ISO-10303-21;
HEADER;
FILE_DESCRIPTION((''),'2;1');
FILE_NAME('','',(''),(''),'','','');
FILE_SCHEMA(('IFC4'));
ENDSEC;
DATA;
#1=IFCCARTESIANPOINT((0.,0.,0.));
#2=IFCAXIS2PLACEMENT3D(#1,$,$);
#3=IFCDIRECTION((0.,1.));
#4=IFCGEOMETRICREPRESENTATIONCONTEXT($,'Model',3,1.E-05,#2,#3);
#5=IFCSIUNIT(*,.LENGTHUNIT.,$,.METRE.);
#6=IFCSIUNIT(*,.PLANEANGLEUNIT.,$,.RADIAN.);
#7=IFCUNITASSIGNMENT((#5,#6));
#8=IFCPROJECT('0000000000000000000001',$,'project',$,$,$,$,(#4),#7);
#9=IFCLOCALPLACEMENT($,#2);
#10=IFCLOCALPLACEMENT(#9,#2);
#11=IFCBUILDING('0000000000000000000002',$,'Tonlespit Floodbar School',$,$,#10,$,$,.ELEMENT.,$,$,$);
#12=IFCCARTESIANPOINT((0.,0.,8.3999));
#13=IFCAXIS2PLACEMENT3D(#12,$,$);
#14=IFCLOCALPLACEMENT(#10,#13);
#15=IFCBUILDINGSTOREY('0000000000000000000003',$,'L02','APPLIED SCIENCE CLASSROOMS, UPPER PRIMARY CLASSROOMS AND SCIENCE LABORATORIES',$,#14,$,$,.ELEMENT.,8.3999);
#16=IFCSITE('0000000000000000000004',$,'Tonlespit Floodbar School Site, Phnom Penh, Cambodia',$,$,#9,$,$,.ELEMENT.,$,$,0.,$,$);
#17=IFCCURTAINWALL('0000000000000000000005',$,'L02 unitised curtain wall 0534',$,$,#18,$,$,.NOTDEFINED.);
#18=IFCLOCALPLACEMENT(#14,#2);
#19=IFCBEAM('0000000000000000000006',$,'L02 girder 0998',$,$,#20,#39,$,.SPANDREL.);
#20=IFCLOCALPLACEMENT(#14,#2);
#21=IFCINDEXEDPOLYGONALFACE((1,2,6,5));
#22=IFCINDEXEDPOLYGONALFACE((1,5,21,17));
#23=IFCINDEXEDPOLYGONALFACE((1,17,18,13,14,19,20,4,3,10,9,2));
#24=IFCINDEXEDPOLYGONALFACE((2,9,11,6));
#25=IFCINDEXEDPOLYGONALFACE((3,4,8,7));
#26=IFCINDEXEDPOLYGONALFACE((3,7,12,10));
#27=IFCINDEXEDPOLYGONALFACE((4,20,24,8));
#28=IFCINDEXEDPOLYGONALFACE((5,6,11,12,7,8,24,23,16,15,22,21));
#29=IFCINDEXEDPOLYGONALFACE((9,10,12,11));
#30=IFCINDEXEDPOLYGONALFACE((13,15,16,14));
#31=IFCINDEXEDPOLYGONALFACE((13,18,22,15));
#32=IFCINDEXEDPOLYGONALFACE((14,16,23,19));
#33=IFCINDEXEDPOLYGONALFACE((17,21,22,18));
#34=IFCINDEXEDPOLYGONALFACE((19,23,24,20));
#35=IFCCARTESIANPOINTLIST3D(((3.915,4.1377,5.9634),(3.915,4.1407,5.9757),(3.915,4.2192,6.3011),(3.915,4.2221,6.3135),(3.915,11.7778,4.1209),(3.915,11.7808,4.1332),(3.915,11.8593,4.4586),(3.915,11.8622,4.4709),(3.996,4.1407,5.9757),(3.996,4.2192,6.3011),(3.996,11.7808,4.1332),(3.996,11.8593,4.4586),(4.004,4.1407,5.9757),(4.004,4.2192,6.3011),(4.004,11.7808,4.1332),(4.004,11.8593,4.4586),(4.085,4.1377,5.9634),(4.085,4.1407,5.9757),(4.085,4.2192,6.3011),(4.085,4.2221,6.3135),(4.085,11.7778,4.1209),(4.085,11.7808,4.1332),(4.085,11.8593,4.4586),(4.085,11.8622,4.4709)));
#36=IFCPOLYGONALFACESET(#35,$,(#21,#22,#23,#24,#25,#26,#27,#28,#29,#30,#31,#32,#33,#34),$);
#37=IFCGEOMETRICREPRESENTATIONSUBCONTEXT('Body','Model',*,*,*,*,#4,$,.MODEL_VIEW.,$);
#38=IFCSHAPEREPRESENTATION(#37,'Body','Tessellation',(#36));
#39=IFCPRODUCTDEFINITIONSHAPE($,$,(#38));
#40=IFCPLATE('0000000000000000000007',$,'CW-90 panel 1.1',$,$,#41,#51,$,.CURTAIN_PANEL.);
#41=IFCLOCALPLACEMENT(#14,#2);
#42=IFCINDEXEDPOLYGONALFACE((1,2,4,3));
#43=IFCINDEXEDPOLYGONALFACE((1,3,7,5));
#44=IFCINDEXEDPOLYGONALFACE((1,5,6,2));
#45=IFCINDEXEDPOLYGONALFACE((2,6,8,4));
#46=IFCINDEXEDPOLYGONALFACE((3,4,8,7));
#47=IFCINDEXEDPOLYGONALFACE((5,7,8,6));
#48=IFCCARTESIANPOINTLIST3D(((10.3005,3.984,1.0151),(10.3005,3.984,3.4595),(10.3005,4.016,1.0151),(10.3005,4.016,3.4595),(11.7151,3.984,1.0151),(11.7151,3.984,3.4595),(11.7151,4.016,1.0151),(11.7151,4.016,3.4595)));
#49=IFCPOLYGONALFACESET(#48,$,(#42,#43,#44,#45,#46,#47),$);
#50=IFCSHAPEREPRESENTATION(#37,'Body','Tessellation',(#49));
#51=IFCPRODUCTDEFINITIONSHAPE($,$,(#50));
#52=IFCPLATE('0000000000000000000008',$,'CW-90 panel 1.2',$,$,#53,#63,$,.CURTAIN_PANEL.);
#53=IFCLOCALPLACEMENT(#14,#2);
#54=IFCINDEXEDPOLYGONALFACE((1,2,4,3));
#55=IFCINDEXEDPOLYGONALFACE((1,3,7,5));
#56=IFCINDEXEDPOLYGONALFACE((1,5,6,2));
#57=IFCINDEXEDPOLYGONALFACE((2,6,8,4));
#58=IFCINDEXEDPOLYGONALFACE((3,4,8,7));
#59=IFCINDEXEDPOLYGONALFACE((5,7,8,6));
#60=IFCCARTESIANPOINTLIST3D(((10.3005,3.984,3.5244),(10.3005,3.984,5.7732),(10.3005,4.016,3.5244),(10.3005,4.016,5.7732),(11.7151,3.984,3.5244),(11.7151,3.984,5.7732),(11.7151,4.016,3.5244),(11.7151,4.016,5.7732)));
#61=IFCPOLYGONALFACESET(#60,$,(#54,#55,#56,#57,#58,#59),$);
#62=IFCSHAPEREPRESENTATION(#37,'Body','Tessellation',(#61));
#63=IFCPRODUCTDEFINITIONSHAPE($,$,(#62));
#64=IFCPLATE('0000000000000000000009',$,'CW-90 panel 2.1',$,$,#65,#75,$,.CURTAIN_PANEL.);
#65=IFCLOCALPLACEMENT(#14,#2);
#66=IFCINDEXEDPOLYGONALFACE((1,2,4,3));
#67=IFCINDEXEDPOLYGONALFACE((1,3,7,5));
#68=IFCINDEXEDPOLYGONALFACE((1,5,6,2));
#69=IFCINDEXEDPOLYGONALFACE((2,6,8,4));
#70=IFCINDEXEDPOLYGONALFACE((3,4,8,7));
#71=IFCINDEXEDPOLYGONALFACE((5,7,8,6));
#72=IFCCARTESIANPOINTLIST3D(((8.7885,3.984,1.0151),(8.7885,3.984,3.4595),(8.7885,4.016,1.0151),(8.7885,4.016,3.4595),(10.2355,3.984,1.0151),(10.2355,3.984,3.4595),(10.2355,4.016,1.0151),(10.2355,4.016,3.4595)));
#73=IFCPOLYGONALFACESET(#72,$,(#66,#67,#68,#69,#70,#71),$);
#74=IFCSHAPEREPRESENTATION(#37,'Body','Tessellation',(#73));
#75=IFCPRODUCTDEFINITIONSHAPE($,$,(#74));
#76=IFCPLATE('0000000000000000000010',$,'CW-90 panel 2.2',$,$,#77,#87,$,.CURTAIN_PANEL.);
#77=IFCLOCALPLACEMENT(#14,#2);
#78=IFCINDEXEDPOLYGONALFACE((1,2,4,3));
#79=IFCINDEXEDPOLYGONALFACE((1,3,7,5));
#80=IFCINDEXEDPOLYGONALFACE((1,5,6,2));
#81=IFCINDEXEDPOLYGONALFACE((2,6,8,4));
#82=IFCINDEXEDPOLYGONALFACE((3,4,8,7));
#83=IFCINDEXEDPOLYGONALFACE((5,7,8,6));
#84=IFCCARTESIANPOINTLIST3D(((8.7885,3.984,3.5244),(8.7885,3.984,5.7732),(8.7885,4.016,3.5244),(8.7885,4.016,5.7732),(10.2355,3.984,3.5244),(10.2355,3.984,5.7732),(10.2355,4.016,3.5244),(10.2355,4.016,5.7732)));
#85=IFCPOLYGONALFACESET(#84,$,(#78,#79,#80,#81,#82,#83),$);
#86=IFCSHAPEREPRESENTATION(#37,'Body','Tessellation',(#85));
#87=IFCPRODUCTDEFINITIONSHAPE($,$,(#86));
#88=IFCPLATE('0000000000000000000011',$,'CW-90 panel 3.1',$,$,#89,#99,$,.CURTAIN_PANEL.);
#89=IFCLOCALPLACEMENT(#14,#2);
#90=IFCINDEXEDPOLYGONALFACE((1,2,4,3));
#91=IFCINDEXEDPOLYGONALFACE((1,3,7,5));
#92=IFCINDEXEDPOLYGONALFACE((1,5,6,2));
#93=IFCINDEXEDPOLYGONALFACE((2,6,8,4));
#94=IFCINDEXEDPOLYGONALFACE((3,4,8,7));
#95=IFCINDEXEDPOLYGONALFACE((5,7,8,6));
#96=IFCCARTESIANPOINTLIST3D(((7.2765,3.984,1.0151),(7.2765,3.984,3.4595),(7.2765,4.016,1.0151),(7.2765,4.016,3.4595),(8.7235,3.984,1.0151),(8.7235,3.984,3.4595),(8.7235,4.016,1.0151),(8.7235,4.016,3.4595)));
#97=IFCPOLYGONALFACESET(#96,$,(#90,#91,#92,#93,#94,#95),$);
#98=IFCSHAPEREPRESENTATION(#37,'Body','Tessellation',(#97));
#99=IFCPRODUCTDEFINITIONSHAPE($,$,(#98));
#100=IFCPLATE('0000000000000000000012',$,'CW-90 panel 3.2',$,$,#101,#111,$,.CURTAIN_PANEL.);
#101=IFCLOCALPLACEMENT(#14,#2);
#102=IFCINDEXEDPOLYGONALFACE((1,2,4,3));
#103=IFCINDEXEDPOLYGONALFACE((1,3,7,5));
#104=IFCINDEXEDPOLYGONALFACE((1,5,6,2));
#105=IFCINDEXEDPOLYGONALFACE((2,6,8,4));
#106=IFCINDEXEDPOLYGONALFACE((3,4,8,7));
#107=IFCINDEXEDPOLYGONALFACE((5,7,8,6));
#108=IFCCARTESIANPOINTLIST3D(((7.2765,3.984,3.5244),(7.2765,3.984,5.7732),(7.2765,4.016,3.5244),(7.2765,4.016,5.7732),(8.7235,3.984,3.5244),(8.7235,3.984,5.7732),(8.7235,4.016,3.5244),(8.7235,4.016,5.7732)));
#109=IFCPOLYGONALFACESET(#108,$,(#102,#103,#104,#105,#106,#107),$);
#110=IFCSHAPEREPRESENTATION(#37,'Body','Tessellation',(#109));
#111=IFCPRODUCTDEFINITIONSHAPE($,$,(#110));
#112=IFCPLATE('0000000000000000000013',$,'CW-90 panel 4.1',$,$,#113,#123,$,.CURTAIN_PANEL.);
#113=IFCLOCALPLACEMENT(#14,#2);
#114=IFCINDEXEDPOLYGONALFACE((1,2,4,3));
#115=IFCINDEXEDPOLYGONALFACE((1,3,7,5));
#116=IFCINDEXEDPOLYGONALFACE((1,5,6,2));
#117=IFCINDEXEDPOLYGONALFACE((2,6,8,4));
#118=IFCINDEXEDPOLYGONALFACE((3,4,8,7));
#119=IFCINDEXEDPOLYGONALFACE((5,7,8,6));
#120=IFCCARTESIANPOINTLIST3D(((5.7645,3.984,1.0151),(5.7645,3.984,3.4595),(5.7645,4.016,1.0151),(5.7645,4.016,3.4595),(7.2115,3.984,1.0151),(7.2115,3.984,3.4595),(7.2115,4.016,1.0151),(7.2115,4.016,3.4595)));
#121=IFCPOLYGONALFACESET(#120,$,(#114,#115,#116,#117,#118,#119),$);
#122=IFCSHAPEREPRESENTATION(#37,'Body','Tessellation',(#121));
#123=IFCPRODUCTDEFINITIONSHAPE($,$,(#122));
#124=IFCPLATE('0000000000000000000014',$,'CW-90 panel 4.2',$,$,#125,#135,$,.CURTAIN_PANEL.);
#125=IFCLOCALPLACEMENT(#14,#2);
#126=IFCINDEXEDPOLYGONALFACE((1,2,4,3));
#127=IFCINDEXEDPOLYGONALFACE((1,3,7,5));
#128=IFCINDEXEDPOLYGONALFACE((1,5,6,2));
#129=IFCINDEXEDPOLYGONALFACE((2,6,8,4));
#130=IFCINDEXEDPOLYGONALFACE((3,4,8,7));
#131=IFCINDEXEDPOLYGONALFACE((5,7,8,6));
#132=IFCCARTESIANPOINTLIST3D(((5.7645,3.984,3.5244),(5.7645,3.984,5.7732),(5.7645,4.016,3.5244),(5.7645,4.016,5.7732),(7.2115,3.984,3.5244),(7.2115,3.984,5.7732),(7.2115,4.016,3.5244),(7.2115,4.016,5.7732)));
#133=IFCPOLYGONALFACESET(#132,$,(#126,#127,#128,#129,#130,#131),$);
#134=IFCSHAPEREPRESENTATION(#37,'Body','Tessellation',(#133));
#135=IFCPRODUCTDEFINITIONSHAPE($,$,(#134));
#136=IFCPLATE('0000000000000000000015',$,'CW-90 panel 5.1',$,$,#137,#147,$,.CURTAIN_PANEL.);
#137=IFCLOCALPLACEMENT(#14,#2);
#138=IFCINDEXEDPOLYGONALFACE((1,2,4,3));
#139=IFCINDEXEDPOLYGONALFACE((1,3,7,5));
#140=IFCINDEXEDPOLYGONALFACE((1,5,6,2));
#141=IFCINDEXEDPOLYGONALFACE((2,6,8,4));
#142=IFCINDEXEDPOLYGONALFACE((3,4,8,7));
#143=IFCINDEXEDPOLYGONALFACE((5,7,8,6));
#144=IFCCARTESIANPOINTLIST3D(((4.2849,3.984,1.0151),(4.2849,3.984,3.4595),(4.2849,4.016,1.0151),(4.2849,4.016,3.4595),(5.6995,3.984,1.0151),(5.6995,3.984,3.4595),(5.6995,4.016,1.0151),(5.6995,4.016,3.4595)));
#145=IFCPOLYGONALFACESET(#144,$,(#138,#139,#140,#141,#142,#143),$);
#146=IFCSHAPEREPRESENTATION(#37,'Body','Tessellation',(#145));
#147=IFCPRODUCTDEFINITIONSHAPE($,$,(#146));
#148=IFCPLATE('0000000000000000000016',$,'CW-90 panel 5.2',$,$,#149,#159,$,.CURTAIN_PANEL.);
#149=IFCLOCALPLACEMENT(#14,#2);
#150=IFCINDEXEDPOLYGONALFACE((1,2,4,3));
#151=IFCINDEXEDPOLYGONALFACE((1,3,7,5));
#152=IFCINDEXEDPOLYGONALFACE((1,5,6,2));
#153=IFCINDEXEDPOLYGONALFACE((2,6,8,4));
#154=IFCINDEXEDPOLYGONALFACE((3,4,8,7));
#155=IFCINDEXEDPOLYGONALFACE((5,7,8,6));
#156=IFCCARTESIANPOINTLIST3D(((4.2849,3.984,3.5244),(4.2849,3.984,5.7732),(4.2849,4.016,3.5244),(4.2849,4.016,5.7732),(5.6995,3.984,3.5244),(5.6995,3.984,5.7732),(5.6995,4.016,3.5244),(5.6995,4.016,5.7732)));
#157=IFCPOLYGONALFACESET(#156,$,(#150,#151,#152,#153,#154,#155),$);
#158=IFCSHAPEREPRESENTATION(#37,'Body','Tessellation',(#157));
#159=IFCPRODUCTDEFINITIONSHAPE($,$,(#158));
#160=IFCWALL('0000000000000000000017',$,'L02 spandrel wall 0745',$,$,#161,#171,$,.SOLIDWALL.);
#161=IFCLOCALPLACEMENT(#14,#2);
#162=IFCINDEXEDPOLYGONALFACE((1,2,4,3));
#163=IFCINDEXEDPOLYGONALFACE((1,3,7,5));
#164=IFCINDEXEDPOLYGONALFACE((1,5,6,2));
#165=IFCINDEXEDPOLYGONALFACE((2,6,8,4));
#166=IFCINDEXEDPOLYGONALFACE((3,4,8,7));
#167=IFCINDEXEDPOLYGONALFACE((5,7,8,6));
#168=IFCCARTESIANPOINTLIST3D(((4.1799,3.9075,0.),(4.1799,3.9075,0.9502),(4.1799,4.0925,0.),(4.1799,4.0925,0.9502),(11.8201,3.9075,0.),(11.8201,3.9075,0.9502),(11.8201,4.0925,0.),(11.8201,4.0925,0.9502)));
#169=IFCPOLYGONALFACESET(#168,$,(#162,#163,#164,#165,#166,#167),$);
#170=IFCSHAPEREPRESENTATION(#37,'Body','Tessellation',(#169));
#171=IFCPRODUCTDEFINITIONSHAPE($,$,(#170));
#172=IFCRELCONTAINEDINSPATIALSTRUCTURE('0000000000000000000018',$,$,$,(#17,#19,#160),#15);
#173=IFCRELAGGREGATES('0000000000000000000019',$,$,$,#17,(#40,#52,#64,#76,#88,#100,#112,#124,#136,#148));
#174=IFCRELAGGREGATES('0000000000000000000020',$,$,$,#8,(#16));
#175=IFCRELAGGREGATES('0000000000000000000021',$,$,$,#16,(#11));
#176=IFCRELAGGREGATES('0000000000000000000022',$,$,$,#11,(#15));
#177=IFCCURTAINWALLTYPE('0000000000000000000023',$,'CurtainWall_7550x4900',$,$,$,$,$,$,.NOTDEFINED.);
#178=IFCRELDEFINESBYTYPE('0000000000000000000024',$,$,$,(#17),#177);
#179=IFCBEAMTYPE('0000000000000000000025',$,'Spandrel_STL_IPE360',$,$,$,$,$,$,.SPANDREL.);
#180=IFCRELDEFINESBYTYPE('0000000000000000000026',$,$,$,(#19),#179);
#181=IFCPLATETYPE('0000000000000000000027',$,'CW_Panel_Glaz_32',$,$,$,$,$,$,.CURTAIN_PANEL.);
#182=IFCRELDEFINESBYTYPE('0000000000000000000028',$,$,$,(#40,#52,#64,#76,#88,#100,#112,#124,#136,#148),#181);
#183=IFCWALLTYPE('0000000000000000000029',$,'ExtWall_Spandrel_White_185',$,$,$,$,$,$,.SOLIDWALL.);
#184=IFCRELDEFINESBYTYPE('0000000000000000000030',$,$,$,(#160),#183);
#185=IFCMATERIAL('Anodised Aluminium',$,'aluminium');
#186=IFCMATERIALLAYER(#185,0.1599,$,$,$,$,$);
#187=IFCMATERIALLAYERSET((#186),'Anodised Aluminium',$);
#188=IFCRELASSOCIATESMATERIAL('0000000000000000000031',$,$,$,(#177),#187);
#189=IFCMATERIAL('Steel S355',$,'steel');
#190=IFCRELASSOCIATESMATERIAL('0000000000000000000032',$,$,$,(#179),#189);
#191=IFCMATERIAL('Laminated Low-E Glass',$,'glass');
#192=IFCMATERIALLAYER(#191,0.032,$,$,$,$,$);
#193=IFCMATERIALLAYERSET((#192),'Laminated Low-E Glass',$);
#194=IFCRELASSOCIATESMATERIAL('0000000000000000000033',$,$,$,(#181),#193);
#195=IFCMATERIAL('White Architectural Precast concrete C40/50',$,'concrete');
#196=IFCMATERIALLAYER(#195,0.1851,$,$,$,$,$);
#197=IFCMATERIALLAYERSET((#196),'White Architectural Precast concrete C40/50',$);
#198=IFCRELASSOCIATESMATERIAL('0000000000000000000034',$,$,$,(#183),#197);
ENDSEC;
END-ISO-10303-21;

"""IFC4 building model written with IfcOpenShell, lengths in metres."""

from ifc_helpers import new_model, si_unit, direction, frame, frame_2d, origin, origin_2d, place, context, subcontext, project, spatial, rectangle, i_section, extrude, material, layer, layer_set, material_profile, profile_set, type_object, element, aggregate, save


model = new_model("IFC4")

# Units and contexts
model_context = context("Model", 3, precision=1e-05, world=origin(), true_north=direction((0.0, 1.0)))
body_context = subcontext(model_context, "Body", "Model", "MODEL_VIEW")
ifc_project = project(units=[si_unit("LENGTHUNIT", "METRE"), si_unit("PLANEANGLEUNIT", "RADIAN")], contexts=[model_context])

# Site, building, storey
site_placement = place(None, origin())
site = spatial("IfcSite", under=ifc_project, at=site_placement, Name="Tonlespit Floodbar School Site, Phnom Penh, Cambodia", CompositionType="ELEMENT", RefElevation=0.0)
building_placement = place(site_placement, origin())
building = spatial("IfcBuilding", under=site, at=building_placement, Name="Tonlespit Floodbar School", CompositionType="ELEMENT")
storey_placement = place(building_placement, frame((0.0, 0.0, 8.3999)))
storey = spatial("IfcBuildingStorey", under=building, at=storey_placement, Name="L02", Description="APPLIED SCIENCE CLASSROOMS, UPPER PRIMARY CLASSROOMS AND SCIENCE LABORATORIES", CompositionType="ELEMENT", Elevation=8.3999)

# Curtain wall
ifc_material_1 = material(Name="Anodised Aluminium", Category="aluminium")
ifc_layer_1 = layer(ifc_material_1, 0.1599)
ifc_layer_set_1 = layer_set([ifc_layer_1], Name="Anodised Aluminium")
curtain_wall_type_1 = type_object("IfcCurtainWallType", Name="CurtainWall_7550x4900", PredefinedType="NOTDEFINED", material=ifc_layer_set_1)
curtain_wall_1_placement = place(storey_placement, origin())
curtain_wall_1 = element("IfcCurtainWall", 1, at=curtain_wall_1_placement, inside=storey, type_object=curtain_wall_type_1, Name="L02 unitised curtain wall 0534", PredefinedType="NOTDEFINED")

# Beam
ifc_material_2 = material(Name="Steel S355", Category="steel")
ifc_material_profile_1 = material_profile(ifc_material_2, i_section(OverallWidth=0.1699, OverallDepth=0.3601, WebThickness=0.0081, FlangeThickness=0.0127, at=origin_2d()), Name="IPE 360")
ifc_profile_set_1 = profile_set([ifc_material_profile_1], Name="Steel S355")
beam_type_1 = type_object("IfcBeamType", Name="Spandrel_STL_IPE360", PredefinedType="SPANDREL", material=ifc_profile_set_1)
beam_1_placement = place(storey_placement, frame((4.0, 4.1799, 6.1384), z_axis=(0.0, 0.97213, -0.234443), x_axis=(-1.0, 0.0, 0.0)))
element("IfcBeam", 2, at=beam_1_placement, inside=storey, type_object=beam_type_1, Name="L02 girder 0998", PredefinedType="SPANDREL", context=body_context, shape_type="SweptSolid", body=[
    extrude(i_section(OverallWidth=0.1699, OverallDepth=0.3601, WebThickness=0.0081, FlangeThickness=0.0127, at=origin_2d()), origin(), (0.0, 0.0, 1.0), 7.8591),
])

# Plates
ifc_material_3 = material(Name="Laminated Low-E Glass", Category="glass")
ifc_layer_2 = layer(ifc_material_3, 0.032)
ifc_layer_set_2 = layer_set([ifc_layer_2], Name="Laminated Low-E Glass")
plate_type = type_object("IfcPlateType", Name="CW_Panel_Glaz_32", PredefinedType="CURTAIN_PANEL", material=ifc_layer_set_2)
plate_1_placement = place(storey_placement, frame((11.0078, 4.0, 1.0151), z_axis=(0.0, 0.0, 1.0), x_axis=(-1.0, 0.0, 0.0)))
plate_1 = element("IfcPlate", 3, at=plate_1_placement, type_object=plate_type, Name="CW-90 panel 1.1", PredefinedType="CURTAIN_PANEL", context=body_context, shape_type="SweptSolid", body=[
    extrude(rectangle(XDim=1.4146, YDim=0.032, at=origin_2d()), origin(), (0.0, 0.0, 1.0), 2.4443),
])
plate_2_placement = place(storey_placement, frame((11.0078, 4.0, 3.5244), z_axis=(0.0, 0.0, 1.0), x_axis=(-1.0, 0.0, 0.0)))
plate_2 = element("IfcPlate", 4, at=plate_2_placement, type_object=plate_type, Name="CW-90 panel 1.2", PredefinedType="CURTAIN_PANEL", context=body_context, shape_type="SweptSolid", body=[
    extrude(rectangle(XDim=1.4146, YDim=0.032, at=origin_2d()), origin(), (0.0, 0.0, 1.0), 2.2488),
])
plate_3_placement = place(storey_placement, frame((9.512, 4.0, 1.0151), z_axis=(0.0, 0.0, 1.0), x_axis=(-1.0, 0.0, 0.0)))
plate_3 = element("IfcPlate", 5, at=plate_3_placement, type_object=plate_type, Name="CW-90 panel 2.1", PredefinedType="CURTAIN_PANEL", context=body_context, shape_type="SweptSolid", body=[
    extrude(rectangle(XDim=1.447, YDim=0.032, at=origin_2d()), origin(), (0.0, 0.0, 1.0), 2.4443),
])
plate_4_placement = place(storey_placement, frame((9.512, 4.0, 3.5244), z_axis=(0.0, 0.0, 1.0), x_axis=(-1.0, 0.0, 0.0)))
plate_4 = element("IfcPlate", 6, at=plate_4_placement, type_object=plate_type, Name="CW-90 panel 2.2", PredefinedType="CURTAIN_PANEL", context=body_context, shape_type="SweptSolid", body=[
    extrude(rectangle(XDim=1.447, YDim=0.032, at=origin_2d()), origin(), (0.0, 0.0, 1.0), 2.2488),
])
plate_5_placement = place(storey_placement, frame((8.0, 4.0, 1.0151), z_axis=(0.0, 0.0, 1.0), x_axis=(-1.0, 0.0, 0.0)))
plate_5 = element("IfcPlate", 7, at=plate_5_placement, type_object=plate_type, Name="CW-90 panel 3.1", PredefinedType="CURTAIN_PANEL", context=body_context, shape_type="SweptSolid", body=[
    extrude(rectangle(XDim=1.447, YDim=0.032, at=origin_2d()), origin(), (0.0, 0.0, 1.0), 2.4443),
])
plate_6_placement = place(storey_placement, frame((8.0, 4.0, 3.5244), z_axis=(0.0, 0.0, 1.0), x_axis=(-1.0, 0.0, 0.0)))
plate_6 = element("IfcPlate", 8, at=plate_6_placement, type_object=plate_type, Name="CW-90 panel 3.2", PredefinedType="CURTAIN_PANEL", context=body_context, shape_type="SweptSolid", body=[
    extrude(rectangle(XDim=1.447, YDim=0.032, at=origin_2d()), origin(), (0.0, 0.0, 1.0), 2.2488),
])
plate_7_placement = place(storey_placement, frame((6.488, 4.0, 1.0151), z_axis=(0.0, 0.0, 1.0), x_axis=(-1.0, 0.0, 0.0)))
plate_7 = element("IfcPlate", 9, at=plate_7_placement, type_object=plate_type, Name="CW-90 panel 4.1", PredefinedType="CURTAIN_PANEL", context=body_context, shape_type="SweptSolid", body=[
    extrude(rectangle(XDim=1.447, YDim=0.032, at=origin_2d()), origin(), (0.0, 0.0, 1.0), 2.4443),
])
plate_8_placement = place(storey_placement, frame((6.488, 4.0, 3.5244), z_axis=(0.0, 0.0, 1.0), x_axis=(-1.0, 0.0, 0.0)))
plate_8 = element("IfcPlate", 10, at=plate_8_placement, type_object=plate_type, Name="CW-90 panel 4.2", PredefinedType="CURTAIN_PANEL", context=body_context, shape_type="SweptSolid", body=[
    extrude(rectangle(XDim=1.447, YDim=0.032, at=origin_2d()), origin(), (0.0, 0.0, 1.0), 2.2488),
])
plate_9_placement = place(storey_placement, frame((4.9922, 4.0, 1.0151), z_axis=(0.0, 0.0, 1.0), x_axis=(-1.0, 0.0, 0.0)))
plate_9 = element("IfcPlate", 11, at=plate_9_placement, type_object=plate_type, Name="CW-90 panel 5.1", PredefinedType="CURTAIN_PANEL", context=body_context, shape_type="SweptSolid", body=[
    extrude(rectangle(XDim=1.4146, YDim=0.032, at=origin_2d()), origin(), (0.0, 0.0, 1.0), 2.4443),
])
plate_10_placement = place(storey_placement, frame((4.9922, 4.0, 3.5244), z_axis=(0.0, 0.0, 1.0), x_axis=(-1.0, 0.0, 0.0)))
plate_10 = element("IfcPlate", 12, at=plate_10_placement, type_object=plate_type, Name="CW-90 panel 5.2", PredefinedType="CURTAIN_PANEL", context=body_context, shape_type="SweptSolid", body=[
    extrude(rectangle(XDim=1.4146, YDim=0.032, at=origin_2d()), origin(), (0.0, 0.0, 1.0), 2.2488),
])
aggregate(curtain_wall_1, [plate_1, plate_2, plate_3, plate_4, plate_5, plate_6, plate_7, plate_8, plate_9, plate_10])

# Wall
ifc_material_4 = material(Name="White Architectural Precast concrete C40/50", Category="concrete")
ifc_layer_3 = layer(ifc_material_4, 0.1851)
ifc_layer_set_3 = layer_set([ifc_layer_3], Name="White Architectural Precast concrete C40/50")
wall_type = type_object("IfcWallType", Name="ExtWall_Spandrel_White_185", PredefinedType="SOLIDWALL", material=ifc_layer_set_3)
wall_placement = place(storey_placement, frame((11.8201, 4.0, 0.0), z_axis=(0.0, 0.0, 1.0), x_axis=(-1.0, 0.0, 0.0)))
element("IfcWall", 13, at=wall_placement, inside=storey, type_object=wall_type, Name="L02 spandrel wall 0745", PredefinedType="SOLIDWALL", context=body_context, shape_type="SweptSolid", body=[
    extrude(rectangle(XDim=7.6401, YDim=0.1851, at=frame_2d((3.8201, 0.0))), origin(), (0.0, 0.0, 1.0), 0.9502),
])

save(model, "model.ifc")
